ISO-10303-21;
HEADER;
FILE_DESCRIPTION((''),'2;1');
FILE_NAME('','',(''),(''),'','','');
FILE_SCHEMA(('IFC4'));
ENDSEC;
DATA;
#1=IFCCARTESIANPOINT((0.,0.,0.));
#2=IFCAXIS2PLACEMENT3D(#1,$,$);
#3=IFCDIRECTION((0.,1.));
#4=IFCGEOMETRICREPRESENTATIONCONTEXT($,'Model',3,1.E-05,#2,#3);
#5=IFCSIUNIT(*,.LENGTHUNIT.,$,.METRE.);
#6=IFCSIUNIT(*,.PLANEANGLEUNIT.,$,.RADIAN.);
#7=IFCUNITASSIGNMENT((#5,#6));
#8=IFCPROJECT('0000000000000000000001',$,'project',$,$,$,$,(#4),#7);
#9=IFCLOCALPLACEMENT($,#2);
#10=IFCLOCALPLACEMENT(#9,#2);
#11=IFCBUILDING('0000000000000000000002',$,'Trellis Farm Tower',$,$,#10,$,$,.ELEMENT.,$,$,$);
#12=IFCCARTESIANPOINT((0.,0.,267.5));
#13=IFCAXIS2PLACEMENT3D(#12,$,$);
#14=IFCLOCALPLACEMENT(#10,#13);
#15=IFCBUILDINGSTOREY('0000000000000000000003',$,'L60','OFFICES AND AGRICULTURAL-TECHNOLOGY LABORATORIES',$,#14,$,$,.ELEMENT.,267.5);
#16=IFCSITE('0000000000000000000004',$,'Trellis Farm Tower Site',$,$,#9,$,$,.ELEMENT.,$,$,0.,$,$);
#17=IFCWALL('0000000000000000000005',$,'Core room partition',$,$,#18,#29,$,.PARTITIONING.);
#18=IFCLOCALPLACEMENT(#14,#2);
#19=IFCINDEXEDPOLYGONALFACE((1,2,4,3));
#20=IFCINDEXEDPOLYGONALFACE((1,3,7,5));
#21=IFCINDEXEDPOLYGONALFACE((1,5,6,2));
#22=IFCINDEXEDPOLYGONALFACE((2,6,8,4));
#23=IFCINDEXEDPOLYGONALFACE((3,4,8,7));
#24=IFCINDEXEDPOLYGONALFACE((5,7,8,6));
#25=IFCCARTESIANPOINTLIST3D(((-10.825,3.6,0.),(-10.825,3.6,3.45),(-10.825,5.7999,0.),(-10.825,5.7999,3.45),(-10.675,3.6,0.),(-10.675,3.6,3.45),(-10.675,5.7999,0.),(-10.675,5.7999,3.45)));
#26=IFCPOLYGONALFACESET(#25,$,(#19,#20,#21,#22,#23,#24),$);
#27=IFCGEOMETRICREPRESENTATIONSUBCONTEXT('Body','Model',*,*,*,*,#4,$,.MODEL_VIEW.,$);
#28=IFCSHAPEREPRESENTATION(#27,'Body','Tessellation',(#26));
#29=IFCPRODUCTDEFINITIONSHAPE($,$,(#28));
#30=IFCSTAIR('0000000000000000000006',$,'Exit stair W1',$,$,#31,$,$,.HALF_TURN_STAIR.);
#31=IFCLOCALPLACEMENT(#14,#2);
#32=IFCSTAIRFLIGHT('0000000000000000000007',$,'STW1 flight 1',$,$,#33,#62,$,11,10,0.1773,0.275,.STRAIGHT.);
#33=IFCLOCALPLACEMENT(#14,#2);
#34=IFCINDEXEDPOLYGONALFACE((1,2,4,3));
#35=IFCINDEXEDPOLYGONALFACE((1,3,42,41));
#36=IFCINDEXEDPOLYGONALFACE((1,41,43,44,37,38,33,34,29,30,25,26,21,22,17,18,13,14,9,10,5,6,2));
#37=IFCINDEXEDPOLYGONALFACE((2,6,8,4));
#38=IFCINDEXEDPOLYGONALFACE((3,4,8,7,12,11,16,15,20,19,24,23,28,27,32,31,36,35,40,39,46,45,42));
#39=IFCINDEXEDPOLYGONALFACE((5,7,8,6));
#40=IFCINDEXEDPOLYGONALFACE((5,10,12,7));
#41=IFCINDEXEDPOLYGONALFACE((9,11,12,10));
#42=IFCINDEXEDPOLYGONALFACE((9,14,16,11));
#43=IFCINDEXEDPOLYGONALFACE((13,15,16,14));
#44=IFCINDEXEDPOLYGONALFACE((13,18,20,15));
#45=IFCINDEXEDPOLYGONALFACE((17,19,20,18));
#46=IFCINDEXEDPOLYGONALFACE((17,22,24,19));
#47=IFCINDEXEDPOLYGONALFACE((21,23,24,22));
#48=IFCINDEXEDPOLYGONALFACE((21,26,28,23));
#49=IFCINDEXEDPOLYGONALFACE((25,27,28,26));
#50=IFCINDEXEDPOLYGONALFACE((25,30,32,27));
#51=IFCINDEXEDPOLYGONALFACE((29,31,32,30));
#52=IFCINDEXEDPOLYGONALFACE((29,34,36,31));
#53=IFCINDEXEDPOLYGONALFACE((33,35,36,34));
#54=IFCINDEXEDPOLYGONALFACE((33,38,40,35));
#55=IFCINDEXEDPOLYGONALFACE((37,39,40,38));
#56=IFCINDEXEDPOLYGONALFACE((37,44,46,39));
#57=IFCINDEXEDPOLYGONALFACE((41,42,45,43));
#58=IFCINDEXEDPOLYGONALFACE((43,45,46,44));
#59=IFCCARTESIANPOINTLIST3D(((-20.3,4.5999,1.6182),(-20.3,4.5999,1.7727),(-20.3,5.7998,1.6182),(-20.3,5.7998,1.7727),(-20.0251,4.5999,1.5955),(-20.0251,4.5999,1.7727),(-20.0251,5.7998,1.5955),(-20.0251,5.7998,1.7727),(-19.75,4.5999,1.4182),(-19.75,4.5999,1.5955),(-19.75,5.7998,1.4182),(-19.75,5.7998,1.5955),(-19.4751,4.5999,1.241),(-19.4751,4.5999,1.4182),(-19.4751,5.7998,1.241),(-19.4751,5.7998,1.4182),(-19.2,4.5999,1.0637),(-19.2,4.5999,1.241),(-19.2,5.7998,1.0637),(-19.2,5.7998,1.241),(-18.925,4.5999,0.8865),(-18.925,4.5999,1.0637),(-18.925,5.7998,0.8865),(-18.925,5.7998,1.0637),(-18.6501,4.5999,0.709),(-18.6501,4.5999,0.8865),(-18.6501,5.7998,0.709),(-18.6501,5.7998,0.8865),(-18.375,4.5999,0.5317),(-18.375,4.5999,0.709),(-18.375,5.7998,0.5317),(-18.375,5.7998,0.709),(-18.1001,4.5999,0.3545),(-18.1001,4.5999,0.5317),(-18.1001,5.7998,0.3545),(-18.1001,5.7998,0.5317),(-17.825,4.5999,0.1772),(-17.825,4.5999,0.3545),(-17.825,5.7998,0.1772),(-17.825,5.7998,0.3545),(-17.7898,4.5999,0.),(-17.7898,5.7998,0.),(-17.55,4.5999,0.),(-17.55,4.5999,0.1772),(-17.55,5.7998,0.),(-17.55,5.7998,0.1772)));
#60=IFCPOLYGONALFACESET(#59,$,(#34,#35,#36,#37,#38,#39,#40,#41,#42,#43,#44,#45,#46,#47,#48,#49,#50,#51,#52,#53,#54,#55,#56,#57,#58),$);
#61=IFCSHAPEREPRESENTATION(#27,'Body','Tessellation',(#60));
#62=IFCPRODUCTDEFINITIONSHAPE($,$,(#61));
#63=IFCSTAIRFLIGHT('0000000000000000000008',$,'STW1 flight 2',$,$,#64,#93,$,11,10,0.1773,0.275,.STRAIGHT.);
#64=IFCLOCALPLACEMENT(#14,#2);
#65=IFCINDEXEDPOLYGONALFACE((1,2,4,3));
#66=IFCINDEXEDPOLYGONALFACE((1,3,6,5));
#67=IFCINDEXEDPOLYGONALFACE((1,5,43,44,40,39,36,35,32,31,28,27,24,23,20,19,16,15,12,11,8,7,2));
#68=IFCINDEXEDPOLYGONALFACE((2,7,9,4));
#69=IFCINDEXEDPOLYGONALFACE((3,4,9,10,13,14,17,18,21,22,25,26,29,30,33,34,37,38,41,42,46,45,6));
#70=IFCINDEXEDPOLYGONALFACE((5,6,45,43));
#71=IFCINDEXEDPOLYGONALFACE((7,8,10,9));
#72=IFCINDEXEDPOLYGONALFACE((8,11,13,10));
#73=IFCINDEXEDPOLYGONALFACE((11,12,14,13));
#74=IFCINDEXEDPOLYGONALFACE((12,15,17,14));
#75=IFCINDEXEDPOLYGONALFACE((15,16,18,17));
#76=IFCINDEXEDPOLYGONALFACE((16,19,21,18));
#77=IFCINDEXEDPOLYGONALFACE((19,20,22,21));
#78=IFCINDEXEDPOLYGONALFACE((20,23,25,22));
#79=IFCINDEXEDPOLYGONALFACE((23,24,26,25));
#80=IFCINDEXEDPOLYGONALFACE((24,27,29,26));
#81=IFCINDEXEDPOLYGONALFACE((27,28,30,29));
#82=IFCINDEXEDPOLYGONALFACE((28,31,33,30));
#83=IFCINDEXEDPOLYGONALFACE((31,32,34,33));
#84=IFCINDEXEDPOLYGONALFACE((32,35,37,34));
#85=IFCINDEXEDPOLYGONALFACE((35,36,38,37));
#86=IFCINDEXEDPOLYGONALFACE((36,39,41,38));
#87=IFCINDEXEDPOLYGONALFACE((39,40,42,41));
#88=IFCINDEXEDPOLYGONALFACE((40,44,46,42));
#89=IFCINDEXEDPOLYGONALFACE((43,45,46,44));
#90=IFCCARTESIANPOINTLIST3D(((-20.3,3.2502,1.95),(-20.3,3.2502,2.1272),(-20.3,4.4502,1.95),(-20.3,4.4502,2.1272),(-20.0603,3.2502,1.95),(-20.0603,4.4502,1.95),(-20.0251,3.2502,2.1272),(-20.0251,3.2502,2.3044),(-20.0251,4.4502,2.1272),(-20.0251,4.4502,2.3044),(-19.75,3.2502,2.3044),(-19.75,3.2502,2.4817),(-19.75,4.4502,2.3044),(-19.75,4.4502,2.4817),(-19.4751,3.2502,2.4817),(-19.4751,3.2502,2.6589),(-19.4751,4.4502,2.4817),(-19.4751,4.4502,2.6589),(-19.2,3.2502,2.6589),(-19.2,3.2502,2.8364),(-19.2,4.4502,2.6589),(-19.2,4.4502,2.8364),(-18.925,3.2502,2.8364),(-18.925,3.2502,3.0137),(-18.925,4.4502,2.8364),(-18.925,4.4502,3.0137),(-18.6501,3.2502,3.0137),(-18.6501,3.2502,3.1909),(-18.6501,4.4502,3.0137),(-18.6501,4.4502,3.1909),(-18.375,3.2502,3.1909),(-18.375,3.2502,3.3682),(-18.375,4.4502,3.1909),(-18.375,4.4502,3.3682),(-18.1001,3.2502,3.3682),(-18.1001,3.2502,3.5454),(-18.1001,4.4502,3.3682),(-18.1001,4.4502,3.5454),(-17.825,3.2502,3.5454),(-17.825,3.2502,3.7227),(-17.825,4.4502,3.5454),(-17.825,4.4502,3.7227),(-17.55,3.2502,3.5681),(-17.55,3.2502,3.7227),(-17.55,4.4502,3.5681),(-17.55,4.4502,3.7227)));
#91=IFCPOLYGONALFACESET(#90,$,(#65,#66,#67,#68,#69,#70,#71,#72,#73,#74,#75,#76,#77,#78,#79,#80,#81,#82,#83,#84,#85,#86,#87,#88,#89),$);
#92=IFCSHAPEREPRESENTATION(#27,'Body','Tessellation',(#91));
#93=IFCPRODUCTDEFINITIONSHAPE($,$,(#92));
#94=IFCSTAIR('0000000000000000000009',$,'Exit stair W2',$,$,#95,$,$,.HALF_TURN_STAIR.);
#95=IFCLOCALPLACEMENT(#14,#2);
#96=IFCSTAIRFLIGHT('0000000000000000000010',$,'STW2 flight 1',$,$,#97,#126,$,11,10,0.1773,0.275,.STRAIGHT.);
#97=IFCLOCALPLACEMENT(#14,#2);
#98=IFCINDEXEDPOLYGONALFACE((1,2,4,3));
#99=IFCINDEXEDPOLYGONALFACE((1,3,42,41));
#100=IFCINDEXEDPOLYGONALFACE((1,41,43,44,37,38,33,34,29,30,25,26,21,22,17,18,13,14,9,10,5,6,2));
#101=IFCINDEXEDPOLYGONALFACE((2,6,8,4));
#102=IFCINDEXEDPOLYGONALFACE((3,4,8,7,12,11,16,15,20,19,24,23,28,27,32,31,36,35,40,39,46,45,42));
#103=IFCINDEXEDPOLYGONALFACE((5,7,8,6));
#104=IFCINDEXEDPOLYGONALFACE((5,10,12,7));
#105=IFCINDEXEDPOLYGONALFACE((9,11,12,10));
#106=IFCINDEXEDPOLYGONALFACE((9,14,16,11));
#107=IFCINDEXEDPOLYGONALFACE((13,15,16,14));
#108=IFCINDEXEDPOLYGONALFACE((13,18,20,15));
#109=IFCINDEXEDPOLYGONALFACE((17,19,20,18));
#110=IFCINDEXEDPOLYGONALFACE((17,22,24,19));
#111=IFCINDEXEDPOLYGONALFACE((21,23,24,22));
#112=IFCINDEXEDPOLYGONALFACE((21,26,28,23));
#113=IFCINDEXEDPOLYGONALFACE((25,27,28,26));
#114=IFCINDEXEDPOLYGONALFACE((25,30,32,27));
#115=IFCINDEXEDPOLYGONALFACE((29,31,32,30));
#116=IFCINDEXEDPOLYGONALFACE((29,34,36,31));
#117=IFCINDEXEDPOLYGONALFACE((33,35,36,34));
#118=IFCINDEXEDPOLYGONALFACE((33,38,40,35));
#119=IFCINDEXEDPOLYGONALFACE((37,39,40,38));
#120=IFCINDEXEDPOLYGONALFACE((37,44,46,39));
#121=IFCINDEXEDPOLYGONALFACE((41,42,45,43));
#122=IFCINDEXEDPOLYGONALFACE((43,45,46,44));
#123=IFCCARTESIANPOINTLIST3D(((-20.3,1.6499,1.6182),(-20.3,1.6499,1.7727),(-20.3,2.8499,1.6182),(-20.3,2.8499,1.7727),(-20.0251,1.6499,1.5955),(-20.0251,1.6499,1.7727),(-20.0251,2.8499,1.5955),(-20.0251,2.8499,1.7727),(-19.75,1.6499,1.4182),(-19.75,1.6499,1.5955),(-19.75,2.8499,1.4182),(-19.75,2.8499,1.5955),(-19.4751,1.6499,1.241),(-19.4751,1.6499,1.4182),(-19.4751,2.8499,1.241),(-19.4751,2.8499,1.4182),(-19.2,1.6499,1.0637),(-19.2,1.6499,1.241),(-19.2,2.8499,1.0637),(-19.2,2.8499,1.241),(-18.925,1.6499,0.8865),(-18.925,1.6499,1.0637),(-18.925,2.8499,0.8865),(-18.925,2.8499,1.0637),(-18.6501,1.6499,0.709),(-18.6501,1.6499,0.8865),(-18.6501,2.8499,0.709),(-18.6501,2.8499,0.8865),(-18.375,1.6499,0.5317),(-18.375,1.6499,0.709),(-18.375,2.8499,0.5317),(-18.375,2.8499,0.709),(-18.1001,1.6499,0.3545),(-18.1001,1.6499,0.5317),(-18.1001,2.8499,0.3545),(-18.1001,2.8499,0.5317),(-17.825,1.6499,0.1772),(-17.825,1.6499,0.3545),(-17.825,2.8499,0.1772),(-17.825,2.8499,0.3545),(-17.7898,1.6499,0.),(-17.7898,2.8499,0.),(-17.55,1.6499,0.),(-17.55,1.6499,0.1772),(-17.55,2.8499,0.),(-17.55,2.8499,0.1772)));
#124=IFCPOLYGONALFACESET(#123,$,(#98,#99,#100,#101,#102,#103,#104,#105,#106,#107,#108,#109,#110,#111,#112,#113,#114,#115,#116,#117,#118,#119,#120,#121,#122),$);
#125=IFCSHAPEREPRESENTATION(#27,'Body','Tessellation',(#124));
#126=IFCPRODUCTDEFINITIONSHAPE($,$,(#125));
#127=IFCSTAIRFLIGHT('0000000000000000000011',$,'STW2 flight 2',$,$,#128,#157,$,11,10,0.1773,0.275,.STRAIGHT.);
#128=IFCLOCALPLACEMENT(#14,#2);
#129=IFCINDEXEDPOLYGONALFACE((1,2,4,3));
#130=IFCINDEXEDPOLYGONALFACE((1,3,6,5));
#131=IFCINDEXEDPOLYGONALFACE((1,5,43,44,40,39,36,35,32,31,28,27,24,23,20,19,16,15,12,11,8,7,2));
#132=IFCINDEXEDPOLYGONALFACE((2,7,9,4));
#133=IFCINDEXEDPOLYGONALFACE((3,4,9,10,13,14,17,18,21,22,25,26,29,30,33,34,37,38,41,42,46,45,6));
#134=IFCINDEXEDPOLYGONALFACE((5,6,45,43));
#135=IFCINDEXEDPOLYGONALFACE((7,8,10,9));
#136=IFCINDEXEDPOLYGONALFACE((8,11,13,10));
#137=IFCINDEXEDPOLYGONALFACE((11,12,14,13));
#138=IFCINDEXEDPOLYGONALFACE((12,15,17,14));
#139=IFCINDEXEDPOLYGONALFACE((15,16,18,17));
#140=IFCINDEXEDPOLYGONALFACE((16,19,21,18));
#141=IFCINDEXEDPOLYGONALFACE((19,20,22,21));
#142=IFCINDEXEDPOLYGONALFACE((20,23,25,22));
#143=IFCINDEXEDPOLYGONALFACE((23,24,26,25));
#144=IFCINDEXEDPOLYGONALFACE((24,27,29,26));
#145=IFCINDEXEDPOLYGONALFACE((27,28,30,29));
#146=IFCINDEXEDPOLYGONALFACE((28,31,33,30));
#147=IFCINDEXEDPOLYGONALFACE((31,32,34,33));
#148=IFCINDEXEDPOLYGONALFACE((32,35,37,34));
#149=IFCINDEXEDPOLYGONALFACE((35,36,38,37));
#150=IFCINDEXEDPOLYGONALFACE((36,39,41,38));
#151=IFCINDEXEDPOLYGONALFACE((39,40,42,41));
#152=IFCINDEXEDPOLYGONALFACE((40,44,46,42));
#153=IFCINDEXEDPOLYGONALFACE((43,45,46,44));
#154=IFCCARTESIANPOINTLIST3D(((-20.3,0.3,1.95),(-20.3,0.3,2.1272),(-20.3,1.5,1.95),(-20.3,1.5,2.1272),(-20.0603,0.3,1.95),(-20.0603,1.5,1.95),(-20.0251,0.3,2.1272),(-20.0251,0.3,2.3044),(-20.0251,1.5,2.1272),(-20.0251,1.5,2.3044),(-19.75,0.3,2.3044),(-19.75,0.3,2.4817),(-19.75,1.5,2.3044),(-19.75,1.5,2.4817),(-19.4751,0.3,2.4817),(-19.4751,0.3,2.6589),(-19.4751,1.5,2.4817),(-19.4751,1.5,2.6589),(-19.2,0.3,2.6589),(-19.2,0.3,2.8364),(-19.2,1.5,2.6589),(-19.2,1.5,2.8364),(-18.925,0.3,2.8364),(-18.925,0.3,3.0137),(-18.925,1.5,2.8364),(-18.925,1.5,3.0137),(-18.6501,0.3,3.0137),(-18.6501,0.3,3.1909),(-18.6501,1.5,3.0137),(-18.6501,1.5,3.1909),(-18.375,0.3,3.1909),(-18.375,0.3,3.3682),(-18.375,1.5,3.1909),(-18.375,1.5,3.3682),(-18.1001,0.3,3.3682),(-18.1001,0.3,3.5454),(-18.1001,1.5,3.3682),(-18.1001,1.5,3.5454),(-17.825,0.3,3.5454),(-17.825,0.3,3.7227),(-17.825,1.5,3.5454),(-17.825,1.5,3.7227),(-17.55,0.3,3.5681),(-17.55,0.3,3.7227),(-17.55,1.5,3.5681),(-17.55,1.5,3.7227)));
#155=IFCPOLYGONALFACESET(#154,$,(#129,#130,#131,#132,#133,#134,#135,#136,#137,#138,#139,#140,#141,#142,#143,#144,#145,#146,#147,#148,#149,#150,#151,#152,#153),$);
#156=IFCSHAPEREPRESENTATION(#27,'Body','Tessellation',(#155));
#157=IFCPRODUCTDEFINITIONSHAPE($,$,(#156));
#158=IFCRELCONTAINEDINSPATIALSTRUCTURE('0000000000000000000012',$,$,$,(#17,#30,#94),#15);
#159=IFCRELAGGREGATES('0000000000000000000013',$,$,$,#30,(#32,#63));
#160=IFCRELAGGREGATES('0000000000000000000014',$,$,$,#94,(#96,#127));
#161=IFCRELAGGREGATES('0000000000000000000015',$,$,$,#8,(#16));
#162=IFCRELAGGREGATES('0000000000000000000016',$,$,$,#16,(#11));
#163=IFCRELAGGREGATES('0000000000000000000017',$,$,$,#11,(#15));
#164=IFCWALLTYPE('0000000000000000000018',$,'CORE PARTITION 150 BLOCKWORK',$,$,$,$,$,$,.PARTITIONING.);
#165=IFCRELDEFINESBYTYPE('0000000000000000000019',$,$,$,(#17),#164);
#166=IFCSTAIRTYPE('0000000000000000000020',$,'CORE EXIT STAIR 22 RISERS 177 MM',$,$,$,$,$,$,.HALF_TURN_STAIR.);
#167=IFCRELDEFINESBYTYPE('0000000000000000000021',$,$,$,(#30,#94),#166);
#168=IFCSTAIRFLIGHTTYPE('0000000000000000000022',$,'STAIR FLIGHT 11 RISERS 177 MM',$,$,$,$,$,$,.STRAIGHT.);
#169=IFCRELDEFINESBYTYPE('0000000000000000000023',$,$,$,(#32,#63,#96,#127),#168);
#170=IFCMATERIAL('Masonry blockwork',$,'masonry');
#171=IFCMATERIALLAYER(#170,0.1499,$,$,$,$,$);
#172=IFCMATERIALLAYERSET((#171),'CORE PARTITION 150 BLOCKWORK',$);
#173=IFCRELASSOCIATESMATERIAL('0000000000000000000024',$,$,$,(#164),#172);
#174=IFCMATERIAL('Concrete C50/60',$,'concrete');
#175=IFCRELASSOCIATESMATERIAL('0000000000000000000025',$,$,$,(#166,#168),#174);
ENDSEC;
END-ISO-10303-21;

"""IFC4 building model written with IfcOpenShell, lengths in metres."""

from ifc_helpers import new_model, si_unit, direction, frame, frame_2d, origin, place, context, subcontext, project, spatial, polyline, rectangle, outline, extrude, source, transform, mapped, material, layer, layer_set, type_object, element, aggregate, save


model = new_model("IFC4")

# Units and contexts
model_context = context("Model", 3, precision=1e-05, world=origin(), true_north=direction((0.0, 1.0)))
body_context = subcontext(model_context, "Body", "Model", "MODEL_VIEW")
ifc_project = project(units=[si_unit("LENGTHUNIT", "METRE"), si_unit("PLANEANGLEUNIT", "RADIAN")], contexts=[model_context])

# Site, building, storey
site_placement = place(None, origin())
site = spatial("IfcSite", under=ifc_project, at=site_placement, Name="Trellis Farm Tower Site", CompositionType="ELEMENT", RefElevation=0.0)
building_placement = place(site_placement, origin())
building = spatial("IfcBuilding", under=site, at=building_placement, Name="Trellis Farm Tower", CompositionType="ELEMENT")
storey_placement = place(building_placement, frame((0.0, 0.0, 267.5)))
storey = spatial("IfcBuildingStorey", under=building, at=storey_placement, Name="L60", Description="OFFICES AND AGRICULTURAL-TECHNOLOGY LABORATORIES", CompositionType="ELEMENT", Elevation=267.5)

# Shared definitions
placement = place(storey_placement, origin())

# Wall
ifc_material_1 = material(Name="Masonry blockwork", Category="masonry")
ifc_layer_1 = layer(ifc_material_1, 0.1499)
ifc_layer_set_1 = layer_set([ifc_layer_1], Name="CORE PARTITION 150 BLOCKWORK")
wall_type_1 = type_object("IfcWallType", Name="CORE PARTITION 150 BLOCKWORK", PredefinedType="PARTITIONING", material=ifc_layer_set_1)
shared_shape_1 = source(origin(), body_context, "Body", "SweptSolid", [
    extrude(rectangle(XDim=2.2, YDim=0.1499, at=frame_2d((1.1001, 0.0))), origin(), (0.0, 0.0, 1.0), 3.45),
])
wall_1_placement = place(storey_placement, frame((-10.75, 5.8, 0.0), z_axis=(0.0, 0.0, 1.0), x_axis=(0.0, -1.0, 0.0)))
element("IfcWall", 1, at=wall_1_placement, inside=storey, type_object=wall_type_1, Name="Core room partition", PredefinedType="PARTITIONING", context=body_context, shape_type="MappedRepresentation", body=[
    mapped(shared_shape_1, transform((0.0, 0.0, 0.0))),
])

# Stairs, stair flights
ifc_material_2 = material(Name="Concrete C50/60", Category="concrete")
stair_type = type_object("IfcStairType", Name="CORE EXIT STAIR 22 RISERS 177 MM", PredefinedType="HALF_TURN_STAIR", material=ifc_material_2)
stair_1 = element("IfcStair", 2, at=placement, inside=storey, type_object=stair_type, Name="Exit stair W1", PredefinedType="HALF_TURN_STAIR")
stair_flight_type = type_object("IfcStairFlightType", Name="STAIR FLIGHT 11 RISERS 177 MM", PredefinedType="STRAIGHT", material=ifc_material_2)
shared_shape_2 = source(origin(), body_context, "Body", "SweptSolid", [
    extrude(outline(polyline([(0.0, 0.0), (0.0, 0.1772), (0.2749, 0.1772), (0.2749, 0.3545), (0.55, 0.3545), (0.55, 0.5317), (0.825, 0.5317), (0.825, 0.709), (1.1001, 0.709), (1.1001, 0.8865), (1.375, 0.8865), (1.375, 1.0637), (1.6499, 1.0637), (1.6499, 1.241), (1.925, 1.241), (1.925, 1.4182), (2.2, 1.4182), (2.2, 1.5955), (2.4751, 1.5955), (2.4751, 1.7727), (2.75, 1.7727), (2.75, 1.95), (2.75, 1.6182), (0.2397, 0.0), (0.0, 0.0)])), frame((0.0, 0.6001, 0.0), z_axis=(0.0, -1.0, 0.0), x_axis=(1.0, 0.0, 0.0)), (0.0, 0.0, 1.0), 1.2),
])
stair_flight_1_placement = place(storey_placement, frame((-17.55, 5.2, 0.0), z_axis=(0.0, 0.0, 1.0), x_axis=(-1.0, 0.0, 0.0)))
stair_flight_1 = element("IfcStairFlight", 3, at=stair_flight_1_placement, type_object=stair_flight_type, Name="STW1 flight 1", NumberOfRisers=11, NumberOfTreads=10, PredefinedType="STRAIGHT", RiserHeight=0.1773, TreadLength=0.275, context=body_context, shape_type="MappedRepresentation", body=[
    mapped(shared_shape_2, transform((0.0, 0.0, 0.0))),
])
stair_flight_2_placement = place(storey_placement, frame((-20.3, 3.8501, 1.95), z_axis=(0.0, 0.0, 1.0), x_axis=(1.0, 0.0, 0.0)))
stair_flight_2 = element("IfcStairFlight", 4, at=stair_flight_2_placement, type_object=stair_flight_type, Name="STW1 flight 2", NumberOfRisers=11, NumberOfTreads=10, PredefinedType="STRAIGHT", RiserHeight=0.1773, TreadLength=0.275, context=body_context, shape_type="MappedRepresentation", body=[
    mapped(shared_shape_2, transform((0.0, 0.0, 0.0))),
])
aggregate(stair_1, [stair_flight_1, stair_flight_2])
stair_2 = element("IfcStair", 5, at=placement, inside=storey, type_object=stair_type, Name="Exit stair W2", PredefinedType="HALF_TURN_STAIR")
stair_flight_3_placement = place(storey_placement, frame((-17.55, 2.25, 0.0), z_axis=(0.0, 0.0, 1.0), x_axis=(-1.0, 0.0, 0.0)))
stair_flight_3 = element("IfcStairFlight", 6, at=stair_flight_3_placement, type_object=stair_flight_type, Name="STW2 flight 1", NumberOfRisers=11, NumberOfTreads=10, PredefinedType="STRAIGHT", RiserHeight=0.1773, TreadLength=0.275, context=body_context, shape_type="MappedRepresentation", body=[
    mapped(shared_shape_2, transform((0.0, 0.0, 0.0))),
])
stair_flight_4_placement = place(storey_placement, frame((-20.3, 0.8999, 1.95), z_axis=(0.0, 0.0, 1.0), x_axis=(1.0, 0.0, 0.0)))
stair_flight_4 = element("IfcStairFlight", 7, at=stair_flight_4_placement, type_object=stair_flight_type, Name="STW2 flight 2", NumberOfRisers=11, NumberOfTreads=10, PredefinedType="STRAIGHT", RiserHeight=0.1773, TreadLength=0.275, context=body_context, shape_type="MappedRepresentation", body=[
    mapped(shared_shape_2, transform((0.0, 0.0, 0.0))),
])
aggregate(stair_2, [stair_flight_3, stair_flight_4])

save(model, "model.ifc")
